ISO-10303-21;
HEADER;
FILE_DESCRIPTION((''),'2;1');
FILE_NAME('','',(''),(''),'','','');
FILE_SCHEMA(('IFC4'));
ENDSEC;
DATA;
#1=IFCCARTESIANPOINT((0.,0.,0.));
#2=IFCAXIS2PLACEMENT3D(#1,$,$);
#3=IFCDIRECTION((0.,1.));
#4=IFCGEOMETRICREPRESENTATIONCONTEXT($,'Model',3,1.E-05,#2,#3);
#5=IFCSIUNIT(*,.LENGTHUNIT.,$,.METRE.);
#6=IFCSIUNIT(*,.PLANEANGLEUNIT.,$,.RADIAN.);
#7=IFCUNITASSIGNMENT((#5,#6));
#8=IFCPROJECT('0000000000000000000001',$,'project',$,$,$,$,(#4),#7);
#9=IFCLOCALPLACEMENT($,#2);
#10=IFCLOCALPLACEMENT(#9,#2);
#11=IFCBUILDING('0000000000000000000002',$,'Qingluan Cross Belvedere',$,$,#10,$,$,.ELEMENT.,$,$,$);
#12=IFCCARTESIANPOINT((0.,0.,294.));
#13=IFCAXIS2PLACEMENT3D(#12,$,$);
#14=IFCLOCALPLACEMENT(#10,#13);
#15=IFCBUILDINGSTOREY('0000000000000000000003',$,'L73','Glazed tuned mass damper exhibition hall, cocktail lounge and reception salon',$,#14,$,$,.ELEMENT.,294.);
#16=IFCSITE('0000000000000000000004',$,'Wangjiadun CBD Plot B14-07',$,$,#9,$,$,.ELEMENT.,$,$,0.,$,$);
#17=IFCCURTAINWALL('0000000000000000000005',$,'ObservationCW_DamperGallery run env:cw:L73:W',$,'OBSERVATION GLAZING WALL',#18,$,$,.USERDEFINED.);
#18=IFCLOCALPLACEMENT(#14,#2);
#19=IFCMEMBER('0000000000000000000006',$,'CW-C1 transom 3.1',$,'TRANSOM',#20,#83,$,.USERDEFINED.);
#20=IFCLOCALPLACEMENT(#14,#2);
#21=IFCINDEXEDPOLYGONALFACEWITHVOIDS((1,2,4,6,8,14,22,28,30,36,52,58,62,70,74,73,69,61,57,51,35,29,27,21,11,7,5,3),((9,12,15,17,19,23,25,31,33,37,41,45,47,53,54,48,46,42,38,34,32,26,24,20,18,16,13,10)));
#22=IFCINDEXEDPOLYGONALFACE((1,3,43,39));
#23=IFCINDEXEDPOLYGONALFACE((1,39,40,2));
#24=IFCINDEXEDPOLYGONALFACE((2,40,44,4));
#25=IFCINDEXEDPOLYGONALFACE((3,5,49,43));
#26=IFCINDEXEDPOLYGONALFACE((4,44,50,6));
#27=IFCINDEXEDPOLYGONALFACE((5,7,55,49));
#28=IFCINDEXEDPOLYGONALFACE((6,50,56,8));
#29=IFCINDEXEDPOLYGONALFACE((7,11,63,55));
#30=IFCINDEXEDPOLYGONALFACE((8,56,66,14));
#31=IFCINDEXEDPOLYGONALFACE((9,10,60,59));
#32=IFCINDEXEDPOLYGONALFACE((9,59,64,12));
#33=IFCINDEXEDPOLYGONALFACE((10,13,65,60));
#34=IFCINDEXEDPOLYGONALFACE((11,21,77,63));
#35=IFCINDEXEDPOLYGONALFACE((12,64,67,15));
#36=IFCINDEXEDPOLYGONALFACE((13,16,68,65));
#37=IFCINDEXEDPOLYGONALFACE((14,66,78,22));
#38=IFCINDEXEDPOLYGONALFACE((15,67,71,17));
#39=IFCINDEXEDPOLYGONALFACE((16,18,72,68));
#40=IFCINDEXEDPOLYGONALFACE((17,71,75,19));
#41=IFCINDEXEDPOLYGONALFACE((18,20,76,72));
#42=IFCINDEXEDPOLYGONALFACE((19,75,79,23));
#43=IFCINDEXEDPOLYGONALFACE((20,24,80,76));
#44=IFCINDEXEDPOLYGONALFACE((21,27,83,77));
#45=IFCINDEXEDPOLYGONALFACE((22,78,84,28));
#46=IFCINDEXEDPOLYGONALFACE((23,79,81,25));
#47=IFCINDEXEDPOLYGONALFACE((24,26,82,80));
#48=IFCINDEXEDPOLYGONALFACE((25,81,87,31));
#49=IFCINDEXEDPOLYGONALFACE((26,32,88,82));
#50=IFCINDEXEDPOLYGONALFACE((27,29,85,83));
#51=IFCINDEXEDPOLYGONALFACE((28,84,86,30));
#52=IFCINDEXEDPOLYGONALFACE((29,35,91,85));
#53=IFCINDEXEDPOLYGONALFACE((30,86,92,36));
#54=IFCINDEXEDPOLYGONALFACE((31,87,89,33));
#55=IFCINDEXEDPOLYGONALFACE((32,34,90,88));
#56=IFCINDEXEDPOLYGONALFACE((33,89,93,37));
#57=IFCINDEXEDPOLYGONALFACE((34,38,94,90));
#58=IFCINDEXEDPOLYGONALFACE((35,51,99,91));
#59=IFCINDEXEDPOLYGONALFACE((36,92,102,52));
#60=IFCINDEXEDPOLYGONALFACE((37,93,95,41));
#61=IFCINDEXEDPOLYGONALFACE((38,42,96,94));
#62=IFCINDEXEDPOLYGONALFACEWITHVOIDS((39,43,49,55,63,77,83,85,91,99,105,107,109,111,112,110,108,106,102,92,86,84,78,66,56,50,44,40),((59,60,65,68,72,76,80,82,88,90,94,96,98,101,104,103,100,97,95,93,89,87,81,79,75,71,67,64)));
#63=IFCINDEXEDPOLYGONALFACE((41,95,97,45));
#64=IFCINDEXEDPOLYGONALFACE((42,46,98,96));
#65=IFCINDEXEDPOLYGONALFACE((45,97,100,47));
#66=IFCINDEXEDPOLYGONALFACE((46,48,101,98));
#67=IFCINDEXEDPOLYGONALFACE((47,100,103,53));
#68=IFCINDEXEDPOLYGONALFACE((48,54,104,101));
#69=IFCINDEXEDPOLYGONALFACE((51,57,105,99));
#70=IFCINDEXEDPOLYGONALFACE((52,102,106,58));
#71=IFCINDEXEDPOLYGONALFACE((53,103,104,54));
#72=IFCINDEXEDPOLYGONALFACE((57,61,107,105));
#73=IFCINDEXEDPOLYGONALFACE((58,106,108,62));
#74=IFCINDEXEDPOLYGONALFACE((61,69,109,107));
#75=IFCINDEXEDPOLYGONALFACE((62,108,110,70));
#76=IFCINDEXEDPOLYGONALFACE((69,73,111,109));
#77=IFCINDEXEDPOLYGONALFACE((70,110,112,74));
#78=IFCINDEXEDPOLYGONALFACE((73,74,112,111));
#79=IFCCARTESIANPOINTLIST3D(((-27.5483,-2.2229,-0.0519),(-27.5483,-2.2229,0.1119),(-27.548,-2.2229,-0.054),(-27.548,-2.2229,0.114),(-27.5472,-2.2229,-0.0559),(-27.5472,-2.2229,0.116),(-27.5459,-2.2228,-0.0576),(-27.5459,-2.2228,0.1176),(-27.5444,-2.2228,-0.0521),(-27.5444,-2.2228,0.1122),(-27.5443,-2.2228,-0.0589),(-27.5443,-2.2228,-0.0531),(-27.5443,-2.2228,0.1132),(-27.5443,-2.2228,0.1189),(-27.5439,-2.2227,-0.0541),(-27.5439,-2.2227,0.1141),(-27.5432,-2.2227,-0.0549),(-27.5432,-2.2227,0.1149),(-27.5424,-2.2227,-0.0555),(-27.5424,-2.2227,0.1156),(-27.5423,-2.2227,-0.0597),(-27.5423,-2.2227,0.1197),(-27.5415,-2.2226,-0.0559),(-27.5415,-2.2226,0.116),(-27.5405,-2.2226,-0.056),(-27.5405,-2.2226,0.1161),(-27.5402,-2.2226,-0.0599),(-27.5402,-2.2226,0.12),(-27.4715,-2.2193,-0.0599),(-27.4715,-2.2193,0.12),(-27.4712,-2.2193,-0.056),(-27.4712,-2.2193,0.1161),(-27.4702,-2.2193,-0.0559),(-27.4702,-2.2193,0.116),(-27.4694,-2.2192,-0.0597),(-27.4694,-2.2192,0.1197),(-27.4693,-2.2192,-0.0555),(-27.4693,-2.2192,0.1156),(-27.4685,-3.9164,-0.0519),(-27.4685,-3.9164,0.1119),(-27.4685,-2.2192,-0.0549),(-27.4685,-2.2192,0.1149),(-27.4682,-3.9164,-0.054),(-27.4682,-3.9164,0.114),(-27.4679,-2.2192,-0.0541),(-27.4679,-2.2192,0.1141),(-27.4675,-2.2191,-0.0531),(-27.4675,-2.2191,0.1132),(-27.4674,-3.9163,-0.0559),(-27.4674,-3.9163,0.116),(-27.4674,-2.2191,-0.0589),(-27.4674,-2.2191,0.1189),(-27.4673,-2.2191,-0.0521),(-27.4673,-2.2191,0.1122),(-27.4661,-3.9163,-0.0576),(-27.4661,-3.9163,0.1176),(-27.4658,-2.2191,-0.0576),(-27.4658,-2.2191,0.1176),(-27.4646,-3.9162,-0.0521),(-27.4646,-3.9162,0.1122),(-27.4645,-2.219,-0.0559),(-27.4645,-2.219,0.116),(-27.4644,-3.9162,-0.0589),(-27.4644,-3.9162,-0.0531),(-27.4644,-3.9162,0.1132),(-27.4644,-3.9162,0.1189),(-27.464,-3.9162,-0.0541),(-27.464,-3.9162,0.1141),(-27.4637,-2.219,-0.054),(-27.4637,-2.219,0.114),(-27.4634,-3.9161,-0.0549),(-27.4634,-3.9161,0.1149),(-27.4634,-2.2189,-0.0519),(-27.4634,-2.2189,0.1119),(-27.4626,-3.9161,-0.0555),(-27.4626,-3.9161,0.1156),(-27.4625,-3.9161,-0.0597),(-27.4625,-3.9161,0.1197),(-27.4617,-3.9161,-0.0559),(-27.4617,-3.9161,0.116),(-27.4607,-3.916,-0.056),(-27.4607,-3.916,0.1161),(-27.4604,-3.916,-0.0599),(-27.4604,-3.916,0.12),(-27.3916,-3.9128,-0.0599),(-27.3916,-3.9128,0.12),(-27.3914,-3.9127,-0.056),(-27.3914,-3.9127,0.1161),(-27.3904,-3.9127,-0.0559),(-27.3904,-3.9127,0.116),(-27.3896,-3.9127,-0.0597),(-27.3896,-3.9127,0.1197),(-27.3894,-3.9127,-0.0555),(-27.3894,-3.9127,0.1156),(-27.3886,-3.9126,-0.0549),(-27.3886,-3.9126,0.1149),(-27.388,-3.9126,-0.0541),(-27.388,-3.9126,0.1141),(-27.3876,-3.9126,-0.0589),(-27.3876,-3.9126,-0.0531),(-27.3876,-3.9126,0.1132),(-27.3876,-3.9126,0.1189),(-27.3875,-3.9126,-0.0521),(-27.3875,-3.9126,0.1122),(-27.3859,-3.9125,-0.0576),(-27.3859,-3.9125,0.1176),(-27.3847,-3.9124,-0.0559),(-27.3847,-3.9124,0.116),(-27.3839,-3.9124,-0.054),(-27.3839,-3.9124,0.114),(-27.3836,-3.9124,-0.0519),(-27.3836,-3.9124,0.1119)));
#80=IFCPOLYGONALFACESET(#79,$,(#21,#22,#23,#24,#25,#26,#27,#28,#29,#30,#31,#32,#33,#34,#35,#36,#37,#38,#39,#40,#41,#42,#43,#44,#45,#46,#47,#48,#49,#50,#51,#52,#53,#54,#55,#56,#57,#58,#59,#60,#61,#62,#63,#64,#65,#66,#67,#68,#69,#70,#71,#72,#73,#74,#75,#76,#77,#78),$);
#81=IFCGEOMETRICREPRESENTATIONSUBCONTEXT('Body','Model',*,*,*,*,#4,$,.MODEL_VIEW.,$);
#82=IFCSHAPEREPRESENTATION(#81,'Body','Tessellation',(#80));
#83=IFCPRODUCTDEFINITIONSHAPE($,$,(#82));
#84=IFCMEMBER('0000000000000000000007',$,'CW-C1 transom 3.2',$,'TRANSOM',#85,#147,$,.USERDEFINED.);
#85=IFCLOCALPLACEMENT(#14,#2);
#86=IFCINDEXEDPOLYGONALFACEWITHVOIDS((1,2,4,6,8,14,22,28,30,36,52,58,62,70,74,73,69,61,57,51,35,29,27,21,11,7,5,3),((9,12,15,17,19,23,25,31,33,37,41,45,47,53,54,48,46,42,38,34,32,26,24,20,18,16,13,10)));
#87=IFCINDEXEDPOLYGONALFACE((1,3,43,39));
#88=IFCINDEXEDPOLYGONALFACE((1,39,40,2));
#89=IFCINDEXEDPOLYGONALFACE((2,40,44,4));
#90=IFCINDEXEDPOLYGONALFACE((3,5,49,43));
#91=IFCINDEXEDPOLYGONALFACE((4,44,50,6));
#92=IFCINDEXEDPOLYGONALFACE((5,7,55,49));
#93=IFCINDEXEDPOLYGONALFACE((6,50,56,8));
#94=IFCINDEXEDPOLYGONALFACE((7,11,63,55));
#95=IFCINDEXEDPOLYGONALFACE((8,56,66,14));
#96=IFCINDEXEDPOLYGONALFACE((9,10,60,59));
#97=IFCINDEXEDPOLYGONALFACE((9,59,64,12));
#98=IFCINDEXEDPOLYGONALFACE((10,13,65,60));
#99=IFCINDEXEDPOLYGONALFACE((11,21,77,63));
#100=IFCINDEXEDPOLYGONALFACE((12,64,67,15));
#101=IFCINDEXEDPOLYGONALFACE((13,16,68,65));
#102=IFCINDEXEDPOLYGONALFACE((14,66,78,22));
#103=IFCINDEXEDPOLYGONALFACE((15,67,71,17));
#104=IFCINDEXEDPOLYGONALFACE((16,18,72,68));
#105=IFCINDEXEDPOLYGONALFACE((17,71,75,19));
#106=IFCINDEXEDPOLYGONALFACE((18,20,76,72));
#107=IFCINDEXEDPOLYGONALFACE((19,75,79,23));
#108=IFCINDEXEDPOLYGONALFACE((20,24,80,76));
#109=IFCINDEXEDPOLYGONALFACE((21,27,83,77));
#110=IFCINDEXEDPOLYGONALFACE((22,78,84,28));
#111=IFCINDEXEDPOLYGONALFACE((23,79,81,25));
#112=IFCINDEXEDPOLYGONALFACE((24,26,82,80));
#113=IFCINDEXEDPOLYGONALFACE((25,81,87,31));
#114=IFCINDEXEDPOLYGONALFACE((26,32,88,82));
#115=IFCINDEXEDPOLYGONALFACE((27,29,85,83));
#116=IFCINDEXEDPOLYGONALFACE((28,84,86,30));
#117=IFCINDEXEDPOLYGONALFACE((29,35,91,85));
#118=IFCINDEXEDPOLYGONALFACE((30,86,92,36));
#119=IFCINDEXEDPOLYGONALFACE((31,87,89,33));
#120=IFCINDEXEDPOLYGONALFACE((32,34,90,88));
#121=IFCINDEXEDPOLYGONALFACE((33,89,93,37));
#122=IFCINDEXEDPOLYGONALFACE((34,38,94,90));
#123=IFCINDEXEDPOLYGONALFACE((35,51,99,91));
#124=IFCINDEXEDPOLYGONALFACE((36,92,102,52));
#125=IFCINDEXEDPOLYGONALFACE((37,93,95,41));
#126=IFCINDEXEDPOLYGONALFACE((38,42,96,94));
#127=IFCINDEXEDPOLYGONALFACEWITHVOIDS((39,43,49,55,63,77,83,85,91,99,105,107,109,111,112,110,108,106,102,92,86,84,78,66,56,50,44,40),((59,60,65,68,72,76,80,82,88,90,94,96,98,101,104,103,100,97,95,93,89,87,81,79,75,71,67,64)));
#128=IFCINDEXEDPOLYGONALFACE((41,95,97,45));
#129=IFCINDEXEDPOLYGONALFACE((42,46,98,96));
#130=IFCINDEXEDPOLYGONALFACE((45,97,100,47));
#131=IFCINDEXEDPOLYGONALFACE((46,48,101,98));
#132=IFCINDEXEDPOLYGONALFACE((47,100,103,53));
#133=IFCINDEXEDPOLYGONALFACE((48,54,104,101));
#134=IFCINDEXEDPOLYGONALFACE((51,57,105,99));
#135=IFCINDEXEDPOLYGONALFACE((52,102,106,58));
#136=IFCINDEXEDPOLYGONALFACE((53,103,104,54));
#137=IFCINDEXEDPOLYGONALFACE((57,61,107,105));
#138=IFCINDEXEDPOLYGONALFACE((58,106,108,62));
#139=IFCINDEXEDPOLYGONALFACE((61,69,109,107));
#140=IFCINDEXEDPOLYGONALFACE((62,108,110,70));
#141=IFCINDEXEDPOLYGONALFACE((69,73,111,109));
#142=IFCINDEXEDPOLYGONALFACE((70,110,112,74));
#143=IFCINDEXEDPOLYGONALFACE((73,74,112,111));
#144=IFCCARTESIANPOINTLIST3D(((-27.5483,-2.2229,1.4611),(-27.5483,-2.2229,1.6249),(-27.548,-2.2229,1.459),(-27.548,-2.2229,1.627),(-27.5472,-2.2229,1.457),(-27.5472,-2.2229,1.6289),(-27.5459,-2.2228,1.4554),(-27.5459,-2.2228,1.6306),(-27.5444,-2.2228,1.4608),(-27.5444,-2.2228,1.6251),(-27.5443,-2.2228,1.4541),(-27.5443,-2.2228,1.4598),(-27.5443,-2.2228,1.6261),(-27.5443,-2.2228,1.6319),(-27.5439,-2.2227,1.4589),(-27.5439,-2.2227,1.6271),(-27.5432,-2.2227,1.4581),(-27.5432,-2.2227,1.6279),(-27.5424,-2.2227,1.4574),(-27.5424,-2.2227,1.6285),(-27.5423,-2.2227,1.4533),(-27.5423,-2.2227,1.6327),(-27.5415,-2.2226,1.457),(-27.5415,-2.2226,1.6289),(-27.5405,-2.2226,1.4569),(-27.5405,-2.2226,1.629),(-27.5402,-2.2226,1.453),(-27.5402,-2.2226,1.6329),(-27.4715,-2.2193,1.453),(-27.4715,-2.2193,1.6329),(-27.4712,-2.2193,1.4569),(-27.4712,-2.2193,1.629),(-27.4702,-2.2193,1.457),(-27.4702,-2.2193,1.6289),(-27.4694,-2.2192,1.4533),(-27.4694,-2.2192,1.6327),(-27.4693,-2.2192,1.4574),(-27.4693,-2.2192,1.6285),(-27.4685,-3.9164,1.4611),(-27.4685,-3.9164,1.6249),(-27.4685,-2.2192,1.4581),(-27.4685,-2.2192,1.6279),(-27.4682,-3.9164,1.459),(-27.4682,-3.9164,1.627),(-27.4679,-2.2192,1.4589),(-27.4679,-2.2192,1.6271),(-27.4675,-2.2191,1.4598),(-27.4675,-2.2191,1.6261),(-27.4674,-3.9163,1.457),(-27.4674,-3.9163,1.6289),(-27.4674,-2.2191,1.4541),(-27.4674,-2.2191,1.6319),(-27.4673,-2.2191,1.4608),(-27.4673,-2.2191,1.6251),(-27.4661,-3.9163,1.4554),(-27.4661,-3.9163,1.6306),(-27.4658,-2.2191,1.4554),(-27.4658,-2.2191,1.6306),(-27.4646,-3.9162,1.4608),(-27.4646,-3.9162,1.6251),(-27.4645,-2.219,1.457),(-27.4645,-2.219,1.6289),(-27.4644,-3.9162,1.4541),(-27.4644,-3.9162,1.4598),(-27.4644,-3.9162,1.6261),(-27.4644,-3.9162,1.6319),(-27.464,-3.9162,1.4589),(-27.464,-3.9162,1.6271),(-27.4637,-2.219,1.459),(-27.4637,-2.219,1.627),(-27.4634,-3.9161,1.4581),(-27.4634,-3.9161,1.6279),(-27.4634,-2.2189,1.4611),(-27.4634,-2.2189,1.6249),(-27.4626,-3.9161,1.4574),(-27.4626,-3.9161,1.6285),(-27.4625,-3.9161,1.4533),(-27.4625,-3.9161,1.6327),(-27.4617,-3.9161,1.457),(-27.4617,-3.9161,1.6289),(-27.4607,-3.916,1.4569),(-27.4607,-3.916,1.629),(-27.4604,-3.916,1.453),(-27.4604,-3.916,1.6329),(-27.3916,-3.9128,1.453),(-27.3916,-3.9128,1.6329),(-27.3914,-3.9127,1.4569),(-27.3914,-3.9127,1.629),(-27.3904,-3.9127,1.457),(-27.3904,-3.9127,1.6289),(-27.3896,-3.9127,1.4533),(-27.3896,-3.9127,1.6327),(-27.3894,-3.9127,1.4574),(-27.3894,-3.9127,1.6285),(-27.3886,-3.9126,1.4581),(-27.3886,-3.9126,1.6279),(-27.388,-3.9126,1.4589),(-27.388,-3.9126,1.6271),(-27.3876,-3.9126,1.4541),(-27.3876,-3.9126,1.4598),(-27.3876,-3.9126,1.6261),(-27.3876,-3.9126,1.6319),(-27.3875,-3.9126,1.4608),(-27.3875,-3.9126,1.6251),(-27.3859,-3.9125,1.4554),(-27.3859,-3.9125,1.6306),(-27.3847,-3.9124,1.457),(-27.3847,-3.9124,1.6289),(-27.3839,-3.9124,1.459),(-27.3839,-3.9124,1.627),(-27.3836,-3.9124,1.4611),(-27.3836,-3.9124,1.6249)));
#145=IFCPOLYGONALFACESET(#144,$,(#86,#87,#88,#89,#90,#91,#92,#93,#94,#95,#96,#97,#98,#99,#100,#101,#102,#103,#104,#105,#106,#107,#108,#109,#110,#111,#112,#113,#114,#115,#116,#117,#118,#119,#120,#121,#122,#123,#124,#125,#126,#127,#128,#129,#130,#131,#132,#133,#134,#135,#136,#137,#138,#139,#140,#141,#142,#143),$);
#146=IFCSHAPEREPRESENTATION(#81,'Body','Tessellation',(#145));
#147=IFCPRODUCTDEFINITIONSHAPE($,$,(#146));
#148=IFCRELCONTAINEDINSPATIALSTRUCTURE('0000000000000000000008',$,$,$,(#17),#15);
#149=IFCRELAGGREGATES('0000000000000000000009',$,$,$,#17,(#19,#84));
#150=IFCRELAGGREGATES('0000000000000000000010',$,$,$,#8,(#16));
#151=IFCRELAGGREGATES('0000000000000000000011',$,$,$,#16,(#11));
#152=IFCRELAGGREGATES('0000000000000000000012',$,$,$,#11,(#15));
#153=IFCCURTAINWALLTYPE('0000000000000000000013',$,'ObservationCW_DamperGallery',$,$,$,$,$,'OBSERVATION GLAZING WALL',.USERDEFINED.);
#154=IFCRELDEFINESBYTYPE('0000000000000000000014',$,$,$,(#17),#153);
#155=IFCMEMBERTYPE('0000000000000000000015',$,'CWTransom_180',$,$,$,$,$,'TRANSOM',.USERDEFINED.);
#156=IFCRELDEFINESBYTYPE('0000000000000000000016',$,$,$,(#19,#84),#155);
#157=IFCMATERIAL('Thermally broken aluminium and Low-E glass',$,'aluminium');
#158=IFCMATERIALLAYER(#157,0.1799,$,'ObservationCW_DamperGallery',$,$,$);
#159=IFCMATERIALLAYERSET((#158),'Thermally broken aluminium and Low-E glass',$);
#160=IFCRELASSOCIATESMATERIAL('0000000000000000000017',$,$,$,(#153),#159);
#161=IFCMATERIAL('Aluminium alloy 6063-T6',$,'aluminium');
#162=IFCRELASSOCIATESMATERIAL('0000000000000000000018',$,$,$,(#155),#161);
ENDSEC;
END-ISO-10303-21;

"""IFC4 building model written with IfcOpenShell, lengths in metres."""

from ifc_helpers import new_model, si_unit, direction, frame, origin, origin_2d, place, context, subcontext, project, spatial, hollow_rectangle, extrude, material, layer, layer_set, material_profile, profile_set, type_object, element, aggregate, save


model = new_model("IFC4")

# Units and contexts
model_context = context("Model", 3, precision=1e-05, world=origin(), true_north=direction((0.0, 1.0)))
body_context = subcontext(model_context, "Body", "Model", "MODEL_VIEW")
ifc_project = project(units=[si_unit("LENGTHUNIT", "METRE"), si_unit("PLANEANGLEUNIT", "RADIAN")], contexts=[model_context])

# Site, building, storey
site_placement = place(None, origin())
site = spatial("IfcSite", under=ifc_project, at=site_placement, Name="Wangjiadun CBD Plot B14-07", CompositionType="ELEMENT", RefElevation=0.0)
building_placement = place(site_placement, origin())
building = spatial("IfcBuilding", under=site, at=building_placement, Name="Qingluan Cross Belvedere", CompositionType="ELEMENT")
storey_placement = place(building_placement, frame((0.0, 0.0, 294.0)))
storey = spatial("IfcBuildingStorey", under=building, at=storey_placement, Name="L73", Description="Glazed tuned mass damper exhibition hall, cocktail lounge and reception salon", CompositionType="ELEMENT", Elevation=294.0)

# Curtain wall, members
ifc_material_1 = material(Name="Thermally broken aluminium and Low-E glass", Category="aluminium")
ifc_layer_1 = layer(ifc_material_1, 0.1799, Name="ObservationCW_DamperGallery")
ifc_layer_set_1 = layer_set([ifc_layer_1], Name="Thermally broken aluminium and Low-E glass")
curtain_wall_type = type_object("IfcCurtainWallType", Name="ObservationCW_DamperGallery", ElementType="OBSERVATION GLAZING WALL", PredefinedType="USERDEFINED", material=ifc_layer_set_1)
curtain_wall_placement = place(storey_placement, origin())
curtain_wall = element("IfcCurtainWall", 1, at=curtain_wall_placement, inside=storey, type_object=curtain_wall_type, Name="ObservationCW_DamperGallery run env:cw:L73:W", ObjectType="OBSERVATION GLAZING WALL", PredefinedType="USERDEFINED")
ifc_material_2 = material(Name="Aluminium alloy 6063-T6", Category="aluminium")
ifc_material_profile_1 = material_profile(ifc_material_2, hollow_rectangle(XDim=0.085, YDim=0.1799, WallThickness=0.0039, InnerFilletRadius=0.0039, OuterFilletRadius=0.0081, at=origin_2d()), Name="CWT180x85x4")
ifc_profile_set_1 = profile_set([ifc_material_profile_1], Name="Aluminium alloy 6063-T6")
member_type_1 = type_object("IfcMemberType", Name="CWTransom_180", ElementType="TRANSOM", PredefinedType="USERDEFINED", material=ifc_profile_set_1)
member_1_placement = place(storey_placement, frame((-27.5059, -2.2209, 0.03), z_axis=(0.047093, -0.998891, 0.0), x_axis=(0.998891, 0.047093, 0.0)))
member_1 = element("IfcMember", 2, at=member_1_placement, type_object=member_type_1, Name="CW-C1 transom 3.1", ObjectType="TRANSOM", PredefinedType="USERDEFINED", context=body_context, shape_type="SweptSolid", body=[
    extrude(hollow_rectangle(XDim=0.085, YDim=0.1799, WallThickness=0.0039, InnerFilletRadius=0.0039, OuterFilletRadius=0.0081, at=origin_2d()), origin(), (0.0, 0.0, 1.0), 1.6953),
])
member_2_placement = place(storey_placement, frame((-27.5059, -2.2209, 1.543), z_axis=(0.047093, -0.998891, 0.0), x_axis=(0.998891, 0.047093, 0.0)))
member_2 = element("IfcMember", 3, at=member_2_placement, type_object=member_type_1, Name="CW-C1 transom 3.2", ObjectType="TRANSOM", PredefinedType="USERDEFINED", context=body_context, shape_type="SweptSolid", body=[
    extrude(hollow_rectangle(XDim=0.085, YDim=0.1799, WallThickness=0.0039, InnerFilletRadius=0.0039, OuterFilletRadius=0.0081, at=origin_2d()), origin(), (0.0, 0.0, 1.0), 1.6953),
])
aggregate(curtain_wall, [member_1, member_2])

save(model, "model.ifc")
